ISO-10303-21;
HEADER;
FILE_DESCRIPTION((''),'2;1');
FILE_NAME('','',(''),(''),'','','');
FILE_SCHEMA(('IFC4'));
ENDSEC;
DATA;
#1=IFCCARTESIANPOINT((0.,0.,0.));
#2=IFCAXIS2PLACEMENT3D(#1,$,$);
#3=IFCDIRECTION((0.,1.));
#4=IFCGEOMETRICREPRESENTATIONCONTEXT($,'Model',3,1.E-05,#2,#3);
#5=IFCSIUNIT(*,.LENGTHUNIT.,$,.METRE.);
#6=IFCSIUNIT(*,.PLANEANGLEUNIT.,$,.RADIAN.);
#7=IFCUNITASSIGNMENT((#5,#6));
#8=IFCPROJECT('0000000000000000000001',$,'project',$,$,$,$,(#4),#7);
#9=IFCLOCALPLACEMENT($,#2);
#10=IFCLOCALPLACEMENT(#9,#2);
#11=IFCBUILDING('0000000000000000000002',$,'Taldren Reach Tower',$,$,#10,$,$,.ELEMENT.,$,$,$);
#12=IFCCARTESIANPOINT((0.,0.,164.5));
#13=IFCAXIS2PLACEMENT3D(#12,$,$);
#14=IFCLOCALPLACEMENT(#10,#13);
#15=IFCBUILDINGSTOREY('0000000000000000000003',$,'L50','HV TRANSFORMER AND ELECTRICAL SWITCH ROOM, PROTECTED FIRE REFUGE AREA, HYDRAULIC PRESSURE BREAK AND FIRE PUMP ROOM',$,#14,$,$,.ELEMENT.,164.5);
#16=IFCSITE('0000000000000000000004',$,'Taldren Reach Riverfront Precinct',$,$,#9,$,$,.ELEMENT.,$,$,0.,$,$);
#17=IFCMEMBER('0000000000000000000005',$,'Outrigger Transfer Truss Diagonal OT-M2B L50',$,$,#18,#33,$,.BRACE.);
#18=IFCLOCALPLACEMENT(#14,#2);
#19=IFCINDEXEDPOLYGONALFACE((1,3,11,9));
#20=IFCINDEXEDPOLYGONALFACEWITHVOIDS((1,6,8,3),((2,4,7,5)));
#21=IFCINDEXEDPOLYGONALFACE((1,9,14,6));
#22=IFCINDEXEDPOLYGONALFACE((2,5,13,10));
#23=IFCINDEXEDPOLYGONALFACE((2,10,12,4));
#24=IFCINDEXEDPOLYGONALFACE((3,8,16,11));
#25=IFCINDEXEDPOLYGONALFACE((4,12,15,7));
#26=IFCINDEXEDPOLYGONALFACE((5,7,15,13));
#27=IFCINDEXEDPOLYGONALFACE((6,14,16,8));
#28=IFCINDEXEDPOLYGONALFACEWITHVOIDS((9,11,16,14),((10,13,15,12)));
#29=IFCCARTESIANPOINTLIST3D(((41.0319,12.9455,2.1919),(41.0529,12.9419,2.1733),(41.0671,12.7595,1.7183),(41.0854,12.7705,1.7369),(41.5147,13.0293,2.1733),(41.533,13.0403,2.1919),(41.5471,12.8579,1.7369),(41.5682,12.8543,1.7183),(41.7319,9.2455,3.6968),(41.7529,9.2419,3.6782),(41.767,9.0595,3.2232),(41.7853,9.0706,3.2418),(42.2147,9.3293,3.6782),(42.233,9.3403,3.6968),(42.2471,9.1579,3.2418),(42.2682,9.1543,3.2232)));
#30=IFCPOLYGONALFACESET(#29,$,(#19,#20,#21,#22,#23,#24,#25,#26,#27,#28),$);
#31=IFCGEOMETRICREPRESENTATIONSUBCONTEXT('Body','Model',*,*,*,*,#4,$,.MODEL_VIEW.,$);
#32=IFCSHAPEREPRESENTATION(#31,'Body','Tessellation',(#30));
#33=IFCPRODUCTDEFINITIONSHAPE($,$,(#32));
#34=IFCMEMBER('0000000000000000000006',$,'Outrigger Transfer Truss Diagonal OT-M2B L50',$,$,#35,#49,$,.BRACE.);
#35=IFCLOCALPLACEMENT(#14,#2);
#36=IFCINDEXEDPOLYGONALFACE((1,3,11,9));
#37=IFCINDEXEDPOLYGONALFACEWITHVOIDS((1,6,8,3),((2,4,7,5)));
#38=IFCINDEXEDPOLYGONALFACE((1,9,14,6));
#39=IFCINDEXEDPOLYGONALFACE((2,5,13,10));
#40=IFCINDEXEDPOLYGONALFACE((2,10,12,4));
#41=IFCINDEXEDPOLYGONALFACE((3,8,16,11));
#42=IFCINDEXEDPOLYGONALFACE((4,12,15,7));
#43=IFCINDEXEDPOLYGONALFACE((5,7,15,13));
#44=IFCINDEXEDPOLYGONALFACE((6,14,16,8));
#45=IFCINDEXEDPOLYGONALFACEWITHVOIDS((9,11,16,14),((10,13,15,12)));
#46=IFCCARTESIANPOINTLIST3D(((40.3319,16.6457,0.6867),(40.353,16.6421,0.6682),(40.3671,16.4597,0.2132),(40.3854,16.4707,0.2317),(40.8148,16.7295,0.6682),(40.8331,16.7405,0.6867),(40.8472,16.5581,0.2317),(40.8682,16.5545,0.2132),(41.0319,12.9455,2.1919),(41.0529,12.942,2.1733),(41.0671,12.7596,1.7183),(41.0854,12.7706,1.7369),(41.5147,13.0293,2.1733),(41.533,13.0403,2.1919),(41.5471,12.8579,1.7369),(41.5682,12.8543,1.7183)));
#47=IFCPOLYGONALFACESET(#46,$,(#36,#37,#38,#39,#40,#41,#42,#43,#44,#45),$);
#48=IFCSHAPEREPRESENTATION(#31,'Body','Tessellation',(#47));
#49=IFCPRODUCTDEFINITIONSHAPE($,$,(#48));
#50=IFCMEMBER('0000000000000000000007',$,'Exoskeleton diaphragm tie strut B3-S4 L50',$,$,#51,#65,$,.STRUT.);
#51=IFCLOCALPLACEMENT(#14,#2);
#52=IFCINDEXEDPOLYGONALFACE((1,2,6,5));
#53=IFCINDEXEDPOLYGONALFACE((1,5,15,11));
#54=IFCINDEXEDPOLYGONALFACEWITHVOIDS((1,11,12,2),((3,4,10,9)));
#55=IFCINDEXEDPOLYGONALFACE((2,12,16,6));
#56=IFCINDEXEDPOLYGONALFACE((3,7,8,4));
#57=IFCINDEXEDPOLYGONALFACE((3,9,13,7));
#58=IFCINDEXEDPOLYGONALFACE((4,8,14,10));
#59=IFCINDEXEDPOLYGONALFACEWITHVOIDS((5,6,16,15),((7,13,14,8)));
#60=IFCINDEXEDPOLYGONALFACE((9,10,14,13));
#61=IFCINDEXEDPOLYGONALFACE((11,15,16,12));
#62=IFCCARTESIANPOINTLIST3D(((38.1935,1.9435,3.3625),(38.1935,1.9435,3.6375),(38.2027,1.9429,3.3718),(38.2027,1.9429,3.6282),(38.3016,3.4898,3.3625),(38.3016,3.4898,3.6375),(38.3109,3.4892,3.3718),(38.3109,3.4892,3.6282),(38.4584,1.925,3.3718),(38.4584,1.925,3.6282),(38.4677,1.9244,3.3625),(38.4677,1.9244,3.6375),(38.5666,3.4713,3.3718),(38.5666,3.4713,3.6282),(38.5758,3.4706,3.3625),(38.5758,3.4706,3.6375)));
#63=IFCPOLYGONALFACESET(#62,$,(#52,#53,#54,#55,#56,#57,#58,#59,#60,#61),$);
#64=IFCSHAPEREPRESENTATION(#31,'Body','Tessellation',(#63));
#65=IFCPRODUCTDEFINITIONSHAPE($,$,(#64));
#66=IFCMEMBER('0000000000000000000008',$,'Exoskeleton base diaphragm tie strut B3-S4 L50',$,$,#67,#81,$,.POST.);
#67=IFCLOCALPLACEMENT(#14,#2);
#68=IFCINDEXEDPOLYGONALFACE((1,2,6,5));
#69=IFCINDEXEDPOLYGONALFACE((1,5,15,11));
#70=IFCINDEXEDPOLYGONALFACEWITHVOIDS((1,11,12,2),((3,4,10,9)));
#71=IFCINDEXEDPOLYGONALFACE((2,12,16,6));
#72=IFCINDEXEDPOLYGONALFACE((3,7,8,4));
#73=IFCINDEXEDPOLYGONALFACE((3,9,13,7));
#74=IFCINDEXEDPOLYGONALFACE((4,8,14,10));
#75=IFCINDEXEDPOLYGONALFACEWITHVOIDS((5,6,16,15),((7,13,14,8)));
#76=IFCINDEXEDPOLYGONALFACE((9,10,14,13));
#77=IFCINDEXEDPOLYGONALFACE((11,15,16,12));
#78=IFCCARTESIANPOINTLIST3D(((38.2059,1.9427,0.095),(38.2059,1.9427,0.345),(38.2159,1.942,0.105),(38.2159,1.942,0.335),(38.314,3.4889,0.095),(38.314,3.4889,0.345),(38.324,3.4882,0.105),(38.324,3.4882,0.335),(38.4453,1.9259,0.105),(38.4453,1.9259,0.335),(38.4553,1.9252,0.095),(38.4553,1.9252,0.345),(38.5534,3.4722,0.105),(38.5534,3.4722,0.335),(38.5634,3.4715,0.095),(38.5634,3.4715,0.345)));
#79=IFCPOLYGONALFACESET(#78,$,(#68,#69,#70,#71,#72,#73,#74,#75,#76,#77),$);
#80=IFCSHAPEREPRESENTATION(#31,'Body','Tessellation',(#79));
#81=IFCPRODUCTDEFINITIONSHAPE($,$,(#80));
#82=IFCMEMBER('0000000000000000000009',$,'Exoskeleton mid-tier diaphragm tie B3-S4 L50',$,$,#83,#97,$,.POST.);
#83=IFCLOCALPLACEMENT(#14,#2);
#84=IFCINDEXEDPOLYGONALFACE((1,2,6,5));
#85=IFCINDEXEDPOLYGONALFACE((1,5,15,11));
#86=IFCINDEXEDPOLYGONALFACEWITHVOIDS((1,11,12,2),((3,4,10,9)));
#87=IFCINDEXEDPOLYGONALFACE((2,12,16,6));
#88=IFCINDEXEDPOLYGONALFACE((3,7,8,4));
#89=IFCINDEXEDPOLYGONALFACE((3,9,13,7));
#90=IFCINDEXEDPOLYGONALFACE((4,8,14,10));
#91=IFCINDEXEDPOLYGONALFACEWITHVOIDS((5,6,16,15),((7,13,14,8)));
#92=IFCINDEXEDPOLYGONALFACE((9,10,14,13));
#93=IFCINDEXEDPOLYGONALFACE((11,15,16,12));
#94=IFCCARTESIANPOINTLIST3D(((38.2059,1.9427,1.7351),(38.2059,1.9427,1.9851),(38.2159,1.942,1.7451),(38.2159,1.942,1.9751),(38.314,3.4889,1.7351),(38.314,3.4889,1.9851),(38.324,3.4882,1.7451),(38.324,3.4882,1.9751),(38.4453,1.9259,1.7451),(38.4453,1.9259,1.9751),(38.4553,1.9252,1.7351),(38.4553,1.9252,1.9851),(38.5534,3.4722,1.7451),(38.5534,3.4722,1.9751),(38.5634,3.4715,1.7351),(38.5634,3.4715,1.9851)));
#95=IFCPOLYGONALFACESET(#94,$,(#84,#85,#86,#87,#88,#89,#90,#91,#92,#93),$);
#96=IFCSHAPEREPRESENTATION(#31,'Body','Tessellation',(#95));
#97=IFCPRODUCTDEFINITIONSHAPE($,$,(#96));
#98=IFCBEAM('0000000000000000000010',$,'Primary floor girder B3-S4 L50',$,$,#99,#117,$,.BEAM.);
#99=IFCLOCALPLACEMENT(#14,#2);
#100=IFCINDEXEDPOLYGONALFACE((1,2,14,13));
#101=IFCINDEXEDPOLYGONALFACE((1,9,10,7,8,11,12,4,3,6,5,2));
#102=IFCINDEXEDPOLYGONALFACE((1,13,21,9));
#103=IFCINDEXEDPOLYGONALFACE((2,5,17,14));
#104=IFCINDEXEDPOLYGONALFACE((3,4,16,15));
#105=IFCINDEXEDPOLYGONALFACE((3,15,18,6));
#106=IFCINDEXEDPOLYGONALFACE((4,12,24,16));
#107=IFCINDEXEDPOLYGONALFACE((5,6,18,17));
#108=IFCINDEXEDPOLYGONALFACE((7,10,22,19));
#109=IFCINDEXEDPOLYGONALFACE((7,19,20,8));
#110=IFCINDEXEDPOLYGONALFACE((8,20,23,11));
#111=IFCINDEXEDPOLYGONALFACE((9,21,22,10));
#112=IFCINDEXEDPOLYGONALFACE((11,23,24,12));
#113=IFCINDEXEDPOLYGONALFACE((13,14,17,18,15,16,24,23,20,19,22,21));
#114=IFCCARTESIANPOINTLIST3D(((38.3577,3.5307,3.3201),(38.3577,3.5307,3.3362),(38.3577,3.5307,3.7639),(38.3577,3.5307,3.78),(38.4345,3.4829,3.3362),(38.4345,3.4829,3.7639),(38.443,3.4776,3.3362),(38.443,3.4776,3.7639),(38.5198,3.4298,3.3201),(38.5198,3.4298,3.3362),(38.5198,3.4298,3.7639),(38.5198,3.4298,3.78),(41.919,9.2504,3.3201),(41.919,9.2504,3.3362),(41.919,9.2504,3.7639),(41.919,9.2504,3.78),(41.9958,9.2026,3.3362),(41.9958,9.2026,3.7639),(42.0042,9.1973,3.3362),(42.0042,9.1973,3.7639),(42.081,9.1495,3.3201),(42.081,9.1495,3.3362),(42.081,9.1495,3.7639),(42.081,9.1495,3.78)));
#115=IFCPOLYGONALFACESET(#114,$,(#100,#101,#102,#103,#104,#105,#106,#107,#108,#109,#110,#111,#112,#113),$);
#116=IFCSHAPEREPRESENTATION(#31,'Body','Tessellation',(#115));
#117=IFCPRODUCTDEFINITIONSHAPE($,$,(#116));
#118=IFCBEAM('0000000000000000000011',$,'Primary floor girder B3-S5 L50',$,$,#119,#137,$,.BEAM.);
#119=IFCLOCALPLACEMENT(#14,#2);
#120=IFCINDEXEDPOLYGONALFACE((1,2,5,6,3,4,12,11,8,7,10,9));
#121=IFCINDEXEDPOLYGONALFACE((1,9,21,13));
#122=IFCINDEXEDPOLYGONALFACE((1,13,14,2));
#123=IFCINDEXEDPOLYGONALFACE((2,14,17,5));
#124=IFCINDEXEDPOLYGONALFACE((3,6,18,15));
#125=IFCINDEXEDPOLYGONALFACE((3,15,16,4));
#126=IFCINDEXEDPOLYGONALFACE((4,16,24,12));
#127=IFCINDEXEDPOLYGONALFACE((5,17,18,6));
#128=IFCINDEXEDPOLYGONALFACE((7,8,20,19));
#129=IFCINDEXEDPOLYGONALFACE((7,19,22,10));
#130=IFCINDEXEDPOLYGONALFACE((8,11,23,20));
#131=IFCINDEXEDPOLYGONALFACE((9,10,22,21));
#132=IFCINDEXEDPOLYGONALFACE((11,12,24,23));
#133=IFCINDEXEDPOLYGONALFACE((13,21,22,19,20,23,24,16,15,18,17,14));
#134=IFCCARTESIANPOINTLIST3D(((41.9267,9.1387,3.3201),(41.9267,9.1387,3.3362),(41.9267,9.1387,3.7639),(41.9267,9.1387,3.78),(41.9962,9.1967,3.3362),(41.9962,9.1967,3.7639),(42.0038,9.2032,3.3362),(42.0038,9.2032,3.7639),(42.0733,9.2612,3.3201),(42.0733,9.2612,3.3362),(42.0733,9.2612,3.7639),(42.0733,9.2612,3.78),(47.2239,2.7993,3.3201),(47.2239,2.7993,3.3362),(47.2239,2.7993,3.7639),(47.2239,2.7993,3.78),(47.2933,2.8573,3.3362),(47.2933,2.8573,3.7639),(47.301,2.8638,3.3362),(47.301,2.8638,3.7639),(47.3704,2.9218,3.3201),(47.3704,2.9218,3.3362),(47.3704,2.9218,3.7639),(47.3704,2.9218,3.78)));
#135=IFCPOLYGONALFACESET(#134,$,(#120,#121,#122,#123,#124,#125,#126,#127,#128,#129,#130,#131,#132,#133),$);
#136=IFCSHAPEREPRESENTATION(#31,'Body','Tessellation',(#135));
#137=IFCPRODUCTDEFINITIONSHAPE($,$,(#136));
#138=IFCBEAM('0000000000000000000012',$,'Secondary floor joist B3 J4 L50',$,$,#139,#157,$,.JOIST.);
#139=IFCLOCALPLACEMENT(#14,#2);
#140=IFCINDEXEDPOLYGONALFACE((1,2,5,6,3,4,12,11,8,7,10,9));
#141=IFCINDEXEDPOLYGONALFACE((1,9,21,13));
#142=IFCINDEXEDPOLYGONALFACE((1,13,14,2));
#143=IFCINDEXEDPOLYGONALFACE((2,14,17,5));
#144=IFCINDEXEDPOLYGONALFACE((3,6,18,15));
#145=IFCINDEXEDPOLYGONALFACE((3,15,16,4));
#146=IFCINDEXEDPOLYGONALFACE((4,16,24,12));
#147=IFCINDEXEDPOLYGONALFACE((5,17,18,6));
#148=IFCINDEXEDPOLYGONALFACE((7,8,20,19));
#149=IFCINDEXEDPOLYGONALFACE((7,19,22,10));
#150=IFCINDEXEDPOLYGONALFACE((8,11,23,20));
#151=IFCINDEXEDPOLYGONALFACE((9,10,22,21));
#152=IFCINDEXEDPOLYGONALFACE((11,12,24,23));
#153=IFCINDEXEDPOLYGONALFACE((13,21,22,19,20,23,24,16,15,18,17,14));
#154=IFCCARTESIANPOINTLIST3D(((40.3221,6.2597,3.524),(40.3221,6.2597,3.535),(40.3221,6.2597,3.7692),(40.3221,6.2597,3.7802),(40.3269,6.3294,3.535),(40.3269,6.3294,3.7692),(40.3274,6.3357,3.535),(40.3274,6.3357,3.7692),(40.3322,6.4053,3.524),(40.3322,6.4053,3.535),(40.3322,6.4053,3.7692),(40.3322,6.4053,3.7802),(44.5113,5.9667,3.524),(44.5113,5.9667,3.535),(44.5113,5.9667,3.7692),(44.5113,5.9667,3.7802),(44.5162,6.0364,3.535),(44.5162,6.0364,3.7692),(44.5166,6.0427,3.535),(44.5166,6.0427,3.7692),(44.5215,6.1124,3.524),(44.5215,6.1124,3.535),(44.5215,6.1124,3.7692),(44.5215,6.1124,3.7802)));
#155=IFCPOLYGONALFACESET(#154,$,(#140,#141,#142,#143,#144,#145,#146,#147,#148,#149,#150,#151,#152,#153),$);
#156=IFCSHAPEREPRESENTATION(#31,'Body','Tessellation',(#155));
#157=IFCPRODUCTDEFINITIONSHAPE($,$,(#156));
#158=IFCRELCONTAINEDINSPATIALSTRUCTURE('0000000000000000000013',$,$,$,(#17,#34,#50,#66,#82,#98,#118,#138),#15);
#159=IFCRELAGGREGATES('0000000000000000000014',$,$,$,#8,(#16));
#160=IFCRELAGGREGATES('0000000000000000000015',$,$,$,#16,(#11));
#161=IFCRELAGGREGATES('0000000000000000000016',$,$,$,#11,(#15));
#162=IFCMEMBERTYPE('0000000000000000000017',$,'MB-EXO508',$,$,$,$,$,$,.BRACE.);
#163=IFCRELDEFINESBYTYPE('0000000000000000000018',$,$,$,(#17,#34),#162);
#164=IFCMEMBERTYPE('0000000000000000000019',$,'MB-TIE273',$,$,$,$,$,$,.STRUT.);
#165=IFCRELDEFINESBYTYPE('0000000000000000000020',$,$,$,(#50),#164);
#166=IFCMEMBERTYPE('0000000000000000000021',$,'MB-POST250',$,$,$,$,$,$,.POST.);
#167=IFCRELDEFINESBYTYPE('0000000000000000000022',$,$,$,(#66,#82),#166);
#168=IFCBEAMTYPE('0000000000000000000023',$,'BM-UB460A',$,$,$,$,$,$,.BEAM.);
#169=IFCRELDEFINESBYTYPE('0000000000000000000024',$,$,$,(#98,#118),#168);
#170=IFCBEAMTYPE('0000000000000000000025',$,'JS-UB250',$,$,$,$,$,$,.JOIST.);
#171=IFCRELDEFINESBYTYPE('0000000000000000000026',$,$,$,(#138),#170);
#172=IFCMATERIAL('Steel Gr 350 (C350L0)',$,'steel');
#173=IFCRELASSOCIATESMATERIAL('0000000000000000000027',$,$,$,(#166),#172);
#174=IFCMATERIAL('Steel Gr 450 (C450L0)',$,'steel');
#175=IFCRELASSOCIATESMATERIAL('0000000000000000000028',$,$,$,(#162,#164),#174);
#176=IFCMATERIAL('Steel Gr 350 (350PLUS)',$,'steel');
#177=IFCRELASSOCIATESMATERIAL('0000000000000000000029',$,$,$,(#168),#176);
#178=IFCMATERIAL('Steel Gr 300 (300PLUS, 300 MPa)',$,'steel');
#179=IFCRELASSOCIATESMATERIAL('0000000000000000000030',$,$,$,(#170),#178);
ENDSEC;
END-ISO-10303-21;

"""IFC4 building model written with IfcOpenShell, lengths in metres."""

from ifc_helpers import new_model, si_unit, direction, frame, origin, origin_2d, place, context, subcontext, project, spatial, hollow_rectangle, i_section, extrude, source, transform, mapped, material, material_profile, profile_set, type_object, element, save


model = new_model("IFC4")

# Units and contexts
model_context = context("Model", 3, precision=1e-05, world=origin(), true_north=direction((0.0, 1.0)))
body_context = subcontext(model_context, "Body", "Model", "MODEL_VIEW")
ifc_project = project(units=[si_unit("LENGTHUNIT", "METRE"), si_unit("PLANEANGLEUNIT", "RADIAN")], contexts=[model_context])

# Site, building, storey
site_placement = place(None, origin())
site = spatial("IfcSite", under=ifc_project, at=site_placement, Name="Taldren Reach Riverfront Precinct", CompositionType="ELEMENT", RefElevation=0.0)
building_placement = place(site_placement, origin())
building = spatial("IfcBuilding", under=site, at=building_placement, Name="Taldren Reach Tower", CompositionType="ELEMENT")
storey_placement = place(building_placement, frame((0.0, 0.0, 164.5)))
storey = spatial("IfcBuildingStorey", under=building, at=storey_placement, Name="L50", Description="HV TRANSFORMER AND ELECTRICAL SWITCH ROOM, PROTECTED FIRE REFUGE AREA, HYDRAULIC PRESSURE BREAK AND FIRE PUMP ROOM", CompositionType="ELEMENT", Elevation=164.5)

# Shared definitions
ifc_material_1 = material(Name="Steel Gr 450 (C450L0)", Category="steel")
ifc_material_2 = material(Name="Steel Gr 350 (350PLUS)", Category="steel")

# Members
ifc_material_3 = material(Name="Steel Gr 350 (C350L0)", Category="steel")
ifc_material_profile_1 = material_profile(ifc_material_3, hollow_rectangle(XDim=0.25, YDim=0.25, WallThickness=0.01, at=origin_2d()), Name="250x250x10.0SHS")
ifc_profile_set_1 = profile_set([ifc_material_profile_1], Name="Steel Gr 350 (C350L0)")
member_type_1 = type_object("IfcMemberType", Name="MB-POST250", PredefinedType="POST", material=ifc_profile_set_1)
ifc_material_profile_2 = material_profile(ifc_material_1, hollow_rectangle(XDim=0.51, YDim=0.51, WallThickness=0.02, at=origin_2d()), Name="510x510x20.0SHS")
ifc_profile_set_2 = profile_set([ifc_material_profile_2], Name="Steel Gr 450 (C450L0)")
member_type_2 = type_object("IfcMemberType", Name="MB-EXO508", PredefinedType="BRACE", material=ifc_profile_set_2)
shared_shape_1 = source(origin(), body_context, "Body", "SweptSolid", [
    extrude(hollow_rectangle(XDim=0.51, YDim=0.51, WallThickness=0.02, at=origin_2d()), origin(), (0.0, 0.0, 1.0), 4.0552),
])
for number, where, z_axis, x_axis, name in (
    (1, (41.3, 12.8999, 1.9551), (0.172608, -0.912408, 0.371104), (0.982572, 0.185882, 0.0), "Outrigger Transfer Truss Diagonal OT-M2B L50"),
):
    element("IfcMember", number, at=place(storey_placement, frame(where, z_axis=z_axis, x_axis=x_axis)), inside=storey, type_object=member_type_2, Name=name, PredefinedType="BRACE", context=body_context, shape_type="MappedRepresentation", body=[
        mapped(shared_shape_1, transform((0.0, 0.0, 0.0), scale=1.0)),
    ])
shared_shape_2 = source(origin(), body_context, "Body", "SweptSolid", [
    extrude(hollow_rectangle(XDim=0.51, YDim=0.51, WallThickness=0.02, at=origin_2d()), origin(), (0.0, 0.0, 1.0), 4.0554),
])
member_1_placement = place(storey_placement, frame((40.6001, 16.6001, 0.45), z_axis=(0.172595, -0.912398, 0.371136), x_axis=(0.982574, 0.18587, 0.0)))
element("IfcMember", 2, at=member_1_placement, inside=storey, type_object=member_type_2, Name="Outrigger Transfer Truss Diagonal OT-M2B L50", PredefinedType="BRACE", context=body_context, shape_type="MappedRepresentation", body=[
    mapped(shared_shape_2, transform((0.0, 0.0, 0.0), scale=1.0)),
])
ifc_material_profile_3 = material_profile(ifc_material_1, hollow_rectangle(XDim=0.2749, YDim=0.2749, WallThickness=0.0093, at=origin_2d()), Name="275x275x9.3SHS")
ifc_profile_set_3 = profile_set([ifc_material_profile_3], Name="Steel Gr 450 (C450L0)")
member_type_3 = type_object("IfcMemberType", Name="MB-TIE273", PredefinedType="STRUT", material=ifc_profile_set_3)
shared_shape_3 = source(origin(), body_context, "Body", "SweptSolid", [
    extrude(hollow_rectangle(XDim=0.2749, YDim=0.2749, WallThickness=0.0093, at=origin_2d()), origin(), (0.0, 0.0, 1.0), 1.55),
])
member_2_placement = place(storey_placement, frame((38.4387, 3.4802, 3.5), z_axis=(-0.06977, -0.997563, 0.0), x_axis=(0.997563, -0.06977, 0.0)))
element("IfcMember", 3, at=member_2_placement, inside=storey, type_object=member_type_3, Name="Exoskeleton diaphragm tie strut B3-S4 L50", PredefinedType="STRUT", context=body_context, shape_type="MappedRepresentation", body=[
    mapped(shared_shape_3, transform((0.0, 0.0, 0.0), scale=1.0)),
])
shared_shape_4 = source(origin(), body_context, "Body", "SweptSolid", [
    extrude(hollow_rectangle(XDim=0.25, YDim=0.25, WallThickness=0.01, at=origin_2d()), origin(), (0.0, 0.0, 1.0), 1.55),
])
for number, where, z_axis, x_axis, name in (
    (4, (38.4387, 3.4802, 0.22), (-0.06977, -0.997563, 0.0), (0.997563, -0.06977, 0.0), "Exoskeleton base diaphragm tie strut B3-S4 L50"),
    (5, (38.4387, 3.4802, 1.8601), (-0.06977, -0.997563, 0.0), (0.997563, -0.06977, 0.0), "Exoskeleton mid-tier diaphragm tie B3-S4 L50"),
):
    element("IfcMember", number, at=place(storey_placement, frame(where, z_axis=z_axis, x_axis=x_axis)), inside=storey, type_object=member_type_1, Name=name, PredefinedType="POST", context=body_context, shape_type="MappedRepresentation", body=[
        mapped(shared_shape_4, transform((0.0, 0.0, 0.0), scale=1.0)),
    ])

# Beams
ifc_material_profile_4 = material_profile(ifc_material_2, i_section(OverallWidth=0.1909, OverallDepth=0.46, WebThickness=0.01, FlangeThickness=0.0161, at=origin_2d()), Name="460UB82.1")
ifc_profile_set_4 = profile_set([ifc_material_profile_4], Name="Steel Gr 350 (350PLUS)")
beam_type_1 = type_object("IfcBeamType", Name="BM-UB460A", PredefinedType="BEAM", material=ifc_profile_set_4)
shared_shape_5 = source(origin(), body_context, "Body", "SweptSolid", [
    extrude(i_section(OverallWidth=0.1909, OverallDepth=0.46, WebThickness=0.01, FlangeThickness=0.0161, at=origin_2d()), origin(), (0.0, 0.0, 1.0), 6.7378),
])
beam_1_placement = place(storey_placement, frame((42.0, 9.2, 3.55), z_axis=(-0.528552, -0.848901, 0.0), x_axis=(0.848901, -0.528552, 0.0)))
element("IfcBeam", 6, at=beam_1_placement, inside=storey, type_object=beam_type_1, Name="Primary floor girder B3-S4 L50", PredefinedType="BEAM", context=body_context, shape_type="MappedRepresentation", body=[
    mapped(shared_shape_5, transform((0.0, 0.0, 0.0), scale=1.0)),
])
shared_shape_6 = source(origin(), body_context, "Body", "SweptSolid", [
    extrude(i_section(OverallWidth=0.1909, OverallDepth=0.46, WebThickness=0.01, FlangeThickness=0.0161, at=origin_2d()), origin(), (0.0, 0.0, 1.0), 8.2612),
])
beam_2_placement = place(storey_placement, frame((42.0, 9.2, 3.55), z_axis=(0.641207, -0.767368, 0.0), x_axis=(0.767368, 0.641207, 0.0)))
element("IfcBeam", 7, at=beam_2_placement, inside=storey, type_object=beam_type_1, Name="Primary floor girder B3-S5 L50", PredefinedType="BEAM", context=body_context, shape_type="MappedRepresentation", body=[
    mapped(shared_shape_6, transform((0.0, 0.0, 0.0), scale=1.0)),
])
ifc_material_4 = material(Name="Steel Gr 300 (300PLUS, 300 MPa)", Category="steel")
ifc_material_profile_5 = material_profile(ifc_material_4, i_section(OverallWidth=0.146, OverallDepth=0.2561, WebThickness=0.0063, FlangeThickness=0.011, at=origin_2d()), Name="250UB37.3")
ifc_profile_set_5 = profile_set([ifc_material_profile_5], Name="Steel Gr 300 (300PLUS, 300 MPa)")
beam_type_2 = type_object("IfcBeamType", Name="JS-UB250", PredefinedType="JOIST", material=ifc_profile_set_5)
shared_shape_7 = source(origin(), body_context, "Body", "SweptSolid", [
    extrude(i_section(OverallWidth=0.146, OverallDepth=0.2561, WebThickness=0.0063, FlangeThickness=0.011, at=origin_2d()), origin(), (0.0, 0.0, 1.0), 4.1995),
])
beam_3_placement = place(storey_placement, frame((40.3271, 6.3325, 3.6521), z_axis=(0.997564, -0.069764, 0.0), x_axis=(0.069764, 0.997564, 0.0)))
element("IfcBeam", 8, at=beam_3_placement, inside=storey, type_object=beam_type_2, Name="Secondary floor joist B3 J4 L50", PredefinedType="JOIST", context=body_context, shape_type="MappedRepresentation", body=[
    mapped(shared_shape_7, transform((0.0, 0.0, 0.0), scale=1.0)),
])

save(model, "model.ifc")
